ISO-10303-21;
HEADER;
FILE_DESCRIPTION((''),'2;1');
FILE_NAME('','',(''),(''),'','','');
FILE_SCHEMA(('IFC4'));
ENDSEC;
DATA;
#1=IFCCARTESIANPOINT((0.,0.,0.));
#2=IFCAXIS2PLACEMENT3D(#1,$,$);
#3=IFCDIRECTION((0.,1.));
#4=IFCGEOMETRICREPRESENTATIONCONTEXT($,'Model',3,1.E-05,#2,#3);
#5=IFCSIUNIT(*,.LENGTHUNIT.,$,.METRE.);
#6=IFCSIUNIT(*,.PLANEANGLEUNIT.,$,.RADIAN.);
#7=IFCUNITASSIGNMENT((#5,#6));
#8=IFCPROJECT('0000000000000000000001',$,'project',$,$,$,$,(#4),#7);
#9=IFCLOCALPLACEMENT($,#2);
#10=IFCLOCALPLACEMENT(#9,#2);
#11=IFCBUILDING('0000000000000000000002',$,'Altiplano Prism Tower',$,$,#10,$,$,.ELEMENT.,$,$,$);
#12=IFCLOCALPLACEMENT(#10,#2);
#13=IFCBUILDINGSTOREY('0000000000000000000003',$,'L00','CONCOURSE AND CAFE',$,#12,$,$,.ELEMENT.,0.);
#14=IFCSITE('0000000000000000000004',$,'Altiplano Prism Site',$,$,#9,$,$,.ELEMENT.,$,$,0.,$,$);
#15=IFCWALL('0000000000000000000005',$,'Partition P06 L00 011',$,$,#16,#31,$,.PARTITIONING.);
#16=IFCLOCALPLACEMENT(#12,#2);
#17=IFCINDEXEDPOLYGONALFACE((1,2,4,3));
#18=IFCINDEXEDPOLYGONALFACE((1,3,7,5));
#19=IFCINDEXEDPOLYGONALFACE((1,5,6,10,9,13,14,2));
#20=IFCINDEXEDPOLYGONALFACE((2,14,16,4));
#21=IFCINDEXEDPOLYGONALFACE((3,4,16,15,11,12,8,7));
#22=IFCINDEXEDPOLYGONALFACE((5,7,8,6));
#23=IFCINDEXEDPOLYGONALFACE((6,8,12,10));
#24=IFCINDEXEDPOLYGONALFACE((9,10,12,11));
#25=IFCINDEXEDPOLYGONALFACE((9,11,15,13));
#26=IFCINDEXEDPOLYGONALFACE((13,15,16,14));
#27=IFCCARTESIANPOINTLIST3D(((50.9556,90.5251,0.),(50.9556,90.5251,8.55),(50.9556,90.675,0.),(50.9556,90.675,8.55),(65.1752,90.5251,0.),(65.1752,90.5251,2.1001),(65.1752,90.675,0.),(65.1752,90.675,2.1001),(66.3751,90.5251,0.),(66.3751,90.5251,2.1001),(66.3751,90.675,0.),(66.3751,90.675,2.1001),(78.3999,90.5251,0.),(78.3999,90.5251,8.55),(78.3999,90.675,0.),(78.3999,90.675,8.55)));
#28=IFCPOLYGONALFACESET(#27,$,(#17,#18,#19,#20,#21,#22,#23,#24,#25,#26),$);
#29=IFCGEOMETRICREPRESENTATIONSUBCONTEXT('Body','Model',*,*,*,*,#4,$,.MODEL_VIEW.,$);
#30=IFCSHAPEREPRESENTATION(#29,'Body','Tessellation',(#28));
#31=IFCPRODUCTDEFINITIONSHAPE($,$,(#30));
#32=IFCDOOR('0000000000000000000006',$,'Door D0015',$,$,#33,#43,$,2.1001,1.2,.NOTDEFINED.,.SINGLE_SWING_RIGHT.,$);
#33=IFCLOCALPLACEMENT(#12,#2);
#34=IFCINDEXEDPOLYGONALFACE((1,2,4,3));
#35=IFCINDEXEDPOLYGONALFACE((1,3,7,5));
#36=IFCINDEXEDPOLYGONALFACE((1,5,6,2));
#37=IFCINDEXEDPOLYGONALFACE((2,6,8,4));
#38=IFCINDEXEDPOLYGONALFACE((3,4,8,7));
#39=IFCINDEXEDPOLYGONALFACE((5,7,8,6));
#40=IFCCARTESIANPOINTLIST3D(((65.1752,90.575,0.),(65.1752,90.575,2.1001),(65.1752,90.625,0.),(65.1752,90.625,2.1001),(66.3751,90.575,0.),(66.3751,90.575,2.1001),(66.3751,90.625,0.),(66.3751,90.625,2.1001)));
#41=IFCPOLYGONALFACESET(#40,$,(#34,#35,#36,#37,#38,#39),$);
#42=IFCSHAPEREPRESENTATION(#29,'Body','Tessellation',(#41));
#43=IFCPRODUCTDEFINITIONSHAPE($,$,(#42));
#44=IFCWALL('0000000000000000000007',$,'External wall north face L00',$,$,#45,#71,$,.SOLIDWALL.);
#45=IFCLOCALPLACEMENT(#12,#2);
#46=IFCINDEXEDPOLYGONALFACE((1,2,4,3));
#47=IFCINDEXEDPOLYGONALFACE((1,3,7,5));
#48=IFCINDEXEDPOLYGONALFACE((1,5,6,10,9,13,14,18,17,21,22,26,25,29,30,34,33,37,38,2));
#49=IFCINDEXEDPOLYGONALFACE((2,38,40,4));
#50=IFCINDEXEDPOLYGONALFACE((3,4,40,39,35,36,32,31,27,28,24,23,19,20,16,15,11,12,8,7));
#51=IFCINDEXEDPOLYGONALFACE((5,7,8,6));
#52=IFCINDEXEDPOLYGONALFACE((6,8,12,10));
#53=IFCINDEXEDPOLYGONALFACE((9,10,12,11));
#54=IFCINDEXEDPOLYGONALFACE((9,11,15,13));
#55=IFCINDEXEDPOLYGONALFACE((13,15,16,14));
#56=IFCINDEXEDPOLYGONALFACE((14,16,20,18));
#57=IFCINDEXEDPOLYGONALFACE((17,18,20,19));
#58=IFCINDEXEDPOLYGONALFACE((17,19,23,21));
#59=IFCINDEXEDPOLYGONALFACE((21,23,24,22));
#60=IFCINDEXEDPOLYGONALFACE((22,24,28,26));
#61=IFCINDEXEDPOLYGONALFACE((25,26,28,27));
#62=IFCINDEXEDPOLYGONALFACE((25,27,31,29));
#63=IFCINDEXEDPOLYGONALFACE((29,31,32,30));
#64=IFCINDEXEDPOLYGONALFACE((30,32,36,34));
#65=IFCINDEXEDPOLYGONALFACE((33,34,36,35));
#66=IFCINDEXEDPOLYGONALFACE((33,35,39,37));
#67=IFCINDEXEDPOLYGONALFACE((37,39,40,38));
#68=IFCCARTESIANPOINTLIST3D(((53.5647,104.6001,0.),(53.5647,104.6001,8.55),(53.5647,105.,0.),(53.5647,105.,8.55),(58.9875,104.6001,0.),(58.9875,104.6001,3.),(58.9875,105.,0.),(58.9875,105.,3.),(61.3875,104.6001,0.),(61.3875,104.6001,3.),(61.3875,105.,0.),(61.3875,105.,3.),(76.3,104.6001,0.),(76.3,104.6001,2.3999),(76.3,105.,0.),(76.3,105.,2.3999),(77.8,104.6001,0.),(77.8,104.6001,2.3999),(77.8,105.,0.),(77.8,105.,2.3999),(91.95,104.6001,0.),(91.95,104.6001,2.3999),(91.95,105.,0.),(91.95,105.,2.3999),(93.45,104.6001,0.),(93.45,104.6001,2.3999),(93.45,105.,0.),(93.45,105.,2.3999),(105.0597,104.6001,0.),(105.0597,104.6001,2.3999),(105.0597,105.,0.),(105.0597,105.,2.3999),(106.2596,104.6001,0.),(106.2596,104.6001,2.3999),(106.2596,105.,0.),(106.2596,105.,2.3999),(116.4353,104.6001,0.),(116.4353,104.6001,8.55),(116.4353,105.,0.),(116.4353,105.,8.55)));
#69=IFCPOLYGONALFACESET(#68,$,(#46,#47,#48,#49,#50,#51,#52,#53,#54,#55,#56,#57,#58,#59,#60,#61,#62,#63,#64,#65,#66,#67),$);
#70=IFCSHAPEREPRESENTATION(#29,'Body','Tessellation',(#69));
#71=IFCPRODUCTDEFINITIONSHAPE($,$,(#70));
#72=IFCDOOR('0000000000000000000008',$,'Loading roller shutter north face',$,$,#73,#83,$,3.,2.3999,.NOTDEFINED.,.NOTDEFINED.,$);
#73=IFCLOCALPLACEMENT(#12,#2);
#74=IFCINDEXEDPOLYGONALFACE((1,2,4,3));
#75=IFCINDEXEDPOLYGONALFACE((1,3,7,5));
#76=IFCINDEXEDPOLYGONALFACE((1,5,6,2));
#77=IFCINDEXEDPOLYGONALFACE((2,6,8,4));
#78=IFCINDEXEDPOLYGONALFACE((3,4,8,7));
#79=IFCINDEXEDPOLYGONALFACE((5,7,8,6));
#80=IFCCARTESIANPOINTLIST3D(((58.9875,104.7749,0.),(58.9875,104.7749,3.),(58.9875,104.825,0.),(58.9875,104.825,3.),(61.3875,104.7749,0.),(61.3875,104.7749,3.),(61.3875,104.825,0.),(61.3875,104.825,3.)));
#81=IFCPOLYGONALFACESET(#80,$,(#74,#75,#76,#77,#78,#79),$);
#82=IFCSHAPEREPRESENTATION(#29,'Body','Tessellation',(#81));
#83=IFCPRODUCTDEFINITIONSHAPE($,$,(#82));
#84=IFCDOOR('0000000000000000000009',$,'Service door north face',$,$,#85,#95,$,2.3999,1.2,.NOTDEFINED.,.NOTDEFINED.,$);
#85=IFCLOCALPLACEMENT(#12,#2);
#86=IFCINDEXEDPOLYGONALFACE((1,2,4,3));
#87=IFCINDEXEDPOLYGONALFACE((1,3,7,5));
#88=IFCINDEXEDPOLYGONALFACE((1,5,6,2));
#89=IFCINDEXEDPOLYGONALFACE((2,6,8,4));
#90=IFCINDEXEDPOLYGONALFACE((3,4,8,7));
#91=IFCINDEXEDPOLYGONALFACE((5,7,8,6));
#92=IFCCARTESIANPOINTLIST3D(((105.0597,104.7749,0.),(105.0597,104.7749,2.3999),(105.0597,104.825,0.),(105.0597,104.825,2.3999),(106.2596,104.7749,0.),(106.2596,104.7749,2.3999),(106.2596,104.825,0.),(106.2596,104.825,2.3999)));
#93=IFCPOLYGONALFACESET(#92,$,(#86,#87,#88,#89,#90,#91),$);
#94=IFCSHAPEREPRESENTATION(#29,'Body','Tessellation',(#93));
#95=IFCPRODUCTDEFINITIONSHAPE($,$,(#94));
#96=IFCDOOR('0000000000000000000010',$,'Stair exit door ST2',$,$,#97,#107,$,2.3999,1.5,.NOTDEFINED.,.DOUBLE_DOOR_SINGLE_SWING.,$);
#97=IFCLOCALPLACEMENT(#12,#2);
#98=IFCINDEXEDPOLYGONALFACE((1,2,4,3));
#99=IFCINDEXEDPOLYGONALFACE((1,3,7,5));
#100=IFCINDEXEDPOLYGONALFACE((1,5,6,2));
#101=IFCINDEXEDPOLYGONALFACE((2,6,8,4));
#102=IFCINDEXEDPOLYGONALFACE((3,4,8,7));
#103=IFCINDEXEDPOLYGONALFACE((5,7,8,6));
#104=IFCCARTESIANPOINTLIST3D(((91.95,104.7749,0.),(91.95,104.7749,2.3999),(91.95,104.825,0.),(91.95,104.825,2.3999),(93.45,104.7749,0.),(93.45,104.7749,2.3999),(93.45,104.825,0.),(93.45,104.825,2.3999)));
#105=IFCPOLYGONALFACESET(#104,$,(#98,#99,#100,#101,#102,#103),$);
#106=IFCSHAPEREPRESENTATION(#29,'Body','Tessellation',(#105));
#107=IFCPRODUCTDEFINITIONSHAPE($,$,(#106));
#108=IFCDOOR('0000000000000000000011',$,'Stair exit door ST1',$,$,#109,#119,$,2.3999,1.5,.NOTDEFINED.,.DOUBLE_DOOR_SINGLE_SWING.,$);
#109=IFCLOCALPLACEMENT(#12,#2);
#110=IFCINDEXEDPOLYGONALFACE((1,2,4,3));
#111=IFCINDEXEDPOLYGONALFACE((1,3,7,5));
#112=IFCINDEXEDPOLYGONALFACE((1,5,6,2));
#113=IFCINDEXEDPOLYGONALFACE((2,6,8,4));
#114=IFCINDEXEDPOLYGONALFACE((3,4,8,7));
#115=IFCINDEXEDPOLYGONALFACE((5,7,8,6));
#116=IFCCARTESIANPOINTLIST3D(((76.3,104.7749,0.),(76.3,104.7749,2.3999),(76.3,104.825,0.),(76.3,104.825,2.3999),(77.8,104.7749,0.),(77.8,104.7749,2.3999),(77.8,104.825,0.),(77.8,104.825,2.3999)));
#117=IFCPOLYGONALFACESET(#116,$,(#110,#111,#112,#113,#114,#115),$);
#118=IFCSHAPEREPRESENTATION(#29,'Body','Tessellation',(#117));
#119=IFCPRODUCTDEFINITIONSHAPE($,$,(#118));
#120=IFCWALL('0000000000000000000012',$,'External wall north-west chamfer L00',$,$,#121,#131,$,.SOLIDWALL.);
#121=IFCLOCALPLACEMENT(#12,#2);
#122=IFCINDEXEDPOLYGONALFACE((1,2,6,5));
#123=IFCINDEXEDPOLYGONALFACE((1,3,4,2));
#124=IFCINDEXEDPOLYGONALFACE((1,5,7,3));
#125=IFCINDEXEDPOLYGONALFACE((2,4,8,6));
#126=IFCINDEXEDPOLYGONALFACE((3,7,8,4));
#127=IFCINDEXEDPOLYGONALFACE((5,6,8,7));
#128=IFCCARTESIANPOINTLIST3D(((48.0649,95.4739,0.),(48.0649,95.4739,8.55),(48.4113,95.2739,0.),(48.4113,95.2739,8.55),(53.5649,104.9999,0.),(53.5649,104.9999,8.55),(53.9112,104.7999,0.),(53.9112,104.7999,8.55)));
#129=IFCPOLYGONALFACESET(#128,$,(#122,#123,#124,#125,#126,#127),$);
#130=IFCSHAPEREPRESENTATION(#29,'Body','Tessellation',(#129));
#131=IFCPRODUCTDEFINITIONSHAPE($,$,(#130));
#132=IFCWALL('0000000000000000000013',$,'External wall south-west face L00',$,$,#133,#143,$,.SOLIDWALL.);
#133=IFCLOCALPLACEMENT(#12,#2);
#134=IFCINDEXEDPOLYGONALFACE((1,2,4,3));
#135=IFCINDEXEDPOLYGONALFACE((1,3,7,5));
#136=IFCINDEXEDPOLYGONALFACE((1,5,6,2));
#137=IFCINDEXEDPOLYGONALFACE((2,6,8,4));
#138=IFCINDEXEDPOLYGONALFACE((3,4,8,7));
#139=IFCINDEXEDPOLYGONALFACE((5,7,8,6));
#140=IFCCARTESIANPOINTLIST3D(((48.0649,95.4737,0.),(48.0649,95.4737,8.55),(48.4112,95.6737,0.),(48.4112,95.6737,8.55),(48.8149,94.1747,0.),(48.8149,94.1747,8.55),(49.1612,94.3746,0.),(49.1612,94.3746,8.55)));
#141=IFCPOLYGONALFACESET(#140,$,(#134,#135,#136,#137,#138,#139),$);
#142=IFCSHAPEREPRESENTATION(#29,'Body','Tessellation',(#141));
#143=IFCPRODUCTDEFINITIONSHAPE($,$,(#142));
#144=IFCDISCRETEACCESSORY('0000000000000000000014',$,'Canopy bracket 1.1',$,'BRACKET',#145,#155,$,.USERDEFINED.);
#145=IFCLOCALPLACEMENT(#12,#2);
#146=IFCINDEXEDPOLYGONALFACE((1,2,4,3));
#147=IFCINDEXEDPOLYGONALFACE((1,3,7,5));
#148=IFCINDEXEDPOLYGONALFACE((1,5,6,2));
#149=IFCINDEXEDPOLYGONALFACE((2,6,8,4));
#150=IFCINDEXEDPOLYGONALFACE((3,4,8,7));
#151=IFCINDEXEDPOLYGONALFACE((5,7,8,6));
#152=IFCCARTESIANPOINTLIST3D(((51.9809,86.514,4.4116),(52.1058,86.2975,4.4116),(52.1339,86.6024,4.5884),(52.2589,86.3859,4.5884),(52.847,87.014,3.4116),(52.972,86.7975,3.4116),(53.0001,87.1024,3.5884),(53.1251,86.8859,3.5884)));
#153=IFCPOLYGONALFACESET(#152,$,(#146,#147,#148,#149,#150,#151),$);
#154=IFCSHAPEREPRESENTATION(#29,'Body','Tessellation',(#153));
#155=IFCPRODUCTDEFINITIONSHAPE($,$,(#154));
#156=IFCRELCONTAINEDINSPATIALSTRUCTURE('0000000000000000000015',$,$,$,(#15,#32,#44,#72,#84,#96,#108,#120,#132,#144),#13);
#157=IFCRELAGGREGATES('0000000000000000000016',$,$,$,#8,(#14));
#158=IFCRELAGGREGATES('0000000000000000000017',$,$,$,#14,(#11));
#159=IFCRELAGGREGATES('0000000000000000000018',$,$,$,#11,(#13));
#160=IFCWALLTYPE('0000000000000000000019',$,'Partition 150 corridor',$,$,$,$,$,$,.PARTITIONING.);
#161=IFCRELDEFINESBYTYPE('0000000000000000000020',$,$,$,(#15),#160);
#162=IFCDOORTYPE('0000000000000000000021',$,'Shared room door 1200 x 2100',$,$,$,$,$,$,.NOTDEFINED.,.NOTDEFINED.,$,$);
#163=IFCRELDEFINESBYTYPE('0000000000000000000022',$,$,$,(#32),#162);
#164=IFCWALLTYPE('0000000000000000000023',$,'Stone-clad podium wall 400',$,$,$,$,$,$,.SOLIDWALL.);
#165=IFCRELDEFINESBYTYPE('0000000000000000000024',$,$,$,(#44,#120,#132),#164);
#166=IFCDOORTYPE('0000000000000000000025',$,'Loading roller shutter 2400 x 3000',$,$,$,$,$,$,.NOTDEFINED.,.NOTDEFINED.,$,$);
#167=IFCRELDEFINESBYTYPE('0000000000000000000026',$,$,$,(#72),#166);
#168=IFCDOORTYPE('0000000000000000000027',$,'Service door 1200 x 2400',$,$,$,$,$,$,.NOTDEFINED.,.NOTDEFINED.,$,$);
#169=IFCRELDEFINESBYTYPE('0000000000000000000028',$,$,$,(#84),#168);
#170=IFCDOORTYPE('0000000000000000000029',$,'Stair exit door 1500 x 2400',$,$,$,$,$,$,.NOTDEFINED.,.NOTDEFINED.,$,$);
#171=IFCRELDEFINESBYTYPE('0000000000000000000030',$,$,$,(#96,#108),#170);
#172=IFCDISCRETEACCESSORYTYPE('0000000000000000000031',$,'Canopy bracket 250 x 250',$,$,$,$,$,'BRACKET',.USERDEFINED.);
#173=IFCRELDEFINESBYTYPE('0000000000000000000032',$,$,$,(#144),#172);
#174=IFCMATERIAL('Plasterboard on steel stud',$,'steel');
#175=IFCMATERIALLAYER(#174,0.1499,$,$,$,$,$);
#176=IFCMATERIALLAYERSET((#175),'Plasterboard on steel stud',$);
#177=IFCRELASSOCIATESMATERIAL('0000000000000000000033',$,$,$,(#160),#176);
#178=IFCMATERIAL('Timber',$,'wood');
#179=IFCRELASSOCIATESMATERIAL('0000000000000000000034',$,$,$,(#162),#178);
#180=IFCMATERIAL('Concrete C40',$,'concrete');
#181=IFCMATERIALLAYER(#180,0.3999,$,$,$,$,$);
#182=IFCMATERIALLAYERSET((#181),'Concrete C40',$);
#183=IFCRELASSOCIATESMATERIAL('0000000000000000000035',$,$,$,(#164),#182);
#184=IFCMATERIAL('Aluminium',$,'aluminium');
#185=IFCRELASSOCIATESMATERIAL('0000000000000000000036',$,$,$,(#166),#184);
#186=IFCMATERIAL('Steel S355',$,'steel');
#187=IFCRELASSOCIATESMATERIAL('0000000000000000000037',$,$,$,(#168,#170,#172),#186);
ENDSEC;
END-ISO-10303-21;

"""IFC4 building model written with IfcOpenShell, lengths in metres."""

from ifc_helpers import new_model, si_unit, direction, frame, frame_2d, origin, origin_2d, place, context, subcontext, project, spatial, rectangle, extrude, material, layer, layer_set, material_profile, profile_set, type_object, element, fill, save


model = new_model("IFC4")

# Units and contexts
model_context = context("Model", 3, precision=1e-05, world=origin(), true_north=direction((0.0, 1.0)))
body_context = subcontext(model_context, "Body", "Model", "MODEL_VIEW")
ifc_project = project(units=[si_unit("LENGTHUNIT", "METRE"), si_unit("PLANEANGLEUNIT", "RADIAN")], contexts=[model_context])

# Site, building, storey
site_placement = place(None, origin())
site = spatial("IfcSite", under=ifc_project, at=site_placement, Name="Altiplano Prism Site", CompositionType="ELEMENT", RefElevation=0.0)
building_placement = place(site_placement, origin())
building = spatial("IfcBuilding", under=site, at=building_placement, Name="Altiplano Prism Tower", CompositionType="ELEMENT")
storey_placement = place(building_placement, origin())
storey = spatial("IfcBuildingStorey", under=building, at=storey_placement, Name="L00", Description="CONCOURSE AND CAFE", CompositionType="ELEMENT", Elevation=0.0)

# Shared definitions
ifc_material_1 = material(Name="Aluminium", Category="aluminium")

# Shared definitions
ifc_material_2 = material(Name="Plasterboard on steel stud", Category="steel")

# Wall, opening, door
ifc_layer_1 = layer(ifc_material_2, 0.1499)
ifc_layer_set_1 = layer_set([ifc_layer_1], Name="Plasterboard on steel stud")
wall_type_1 = type_object("IfcWallType", Name="Partition 150 corridor", PredefinedType="PARTITIONING", material=ifc_layer_set_1)
wall_1_placement = place(storey_placement, frame((50.9556, 90.6001, 0.0), z_axis=(0.0, 0.0, 1.0), x_axis=(1.0, 0.0, 0.0)))
wall_1 = element("IfcWall", 1, at=wall_1_placement, inside=storey, type_object=wall_type_1, Name="Partition P06 L00 011", PredefinedType="PARTITIONING", context=body_context, shape_type="SweptSolid", body=[
    extrude(rectangle(XDim=27.4443, YDim=0.1499, at=frame_2d((13.7222, 0.0))), origin(), (0.0, 0.0, 1.0), 8.55),
])
opening_1_placement = place(wall_1_placement, frame((14.2195, 0.0, 0.0)))
opening_1 = element("IfcOpeningElement", 2, at=opening_1_placement, cuts=wall_1, PredefinedType="OPENING", context=body_context, shape_type="SweptSolid", body=[
    extrude(rectangle(XDim=1.2, YDim=2.1001, at=frame_2d((0.6001, 1.05))), frame((0.0, 0.0854, 0.0), z_axis=(0.0, -1.0, 0.0), x_axis=(1.0, 0.0, 0.0)), (0.0, 0.0, 1.0), 0.1709),
])
ifc_material_3 = material(Name="Timber", Category="wood")
door_type_1 = type_object("IfcDoorType", Name="Shared room door 1200 x 2100", OperationType="NOTDEFINED", PredefinedType="NOTDEFINED", material=ifc_material_3)
door_1_placement = place(opening_1_placement, origin())
door_1 = element("IfcDoor", 3, at=door_1_placement, inside=storey, type_object=door_type_1, Name="Door D0015", OperationType="SINGLE_SWING_RIGHT", OverallHeight=2.1001, OverallWidth=1.2, PredefinedType="NOTDEFINED", context=body_context, shape_type="SweptSolid", body=[
    extrude(rectangle(XDim=1.2, YDim=2.1001, at=frame_2d((0.6001, 1.05))), frame((0.0, 0.0249, 0.0), z_axis=(0.0, -1.0, 0.0), x_axis=(1.0, 0.0, 0.0)), (0.0, 0.0, 1.0), 0.05),
])
fill(opening_1, door_1)

# Wall, openings, doors
ifc_material_4 = material(Name="Concrete C40", Category="concrete")
ifc_layer_2 = layer(ifc_material_4, 0.3999)
ifc_layer_set_2 = layer_set([ifc_layer_2], Name="Concrete C40")
wall_type_2 = type_object("IfcWallType", Name="Stone-clad podium wall 400", PredefinedType="SOLIDWALL", material=ifc_layer_set_2)
wall_2_placement = place(storey_placement, frame((53.5647, 104.8, 0.0), z_axis=(0.0, 0.0, 1.0), x_axis=(1.0, 0.0, 0.0)))
wall_2 = element("IfcWall", 4, at=wall_2_placement, inside=storey, type_object=wall_type_2, Name="External wall north face L00", PredefinedType="SOLIDWALL", context=body_context, shape_type="SweptSolid", body=[
    extrude(rectangle(XDim=62.8706, YDim=0.3999, at=frame_2d((31.4353, 0.0))), origin(), (0.0, 0.0, 1.0), 8.55),
])
opening_2_placement = place(wall_2_placement, frame((51.4949, 0.0, 0.0)))
opening_2 = element("IfcOpeningElement", 5, at=opening_2_placement, cuts=wall_2, PredefinedType="OPENING", context=body_context, shape_type="SweptSolid", body=[
    extrude(rectangle(XDim=1.2, YDim=2.3999, at=frame_2d((0.6001, 1.2))), frame((0.0, 0.2104, 0.0), z_axis=(0.0, -1.0, 0.0), x_axis=(1.0, 0.0, 0.0)), (0.0, 0.0, 1.0), 0.4209),
])
opening_3_placement = place(wall_2_placement, frame((38.3853, 0.0, 0.0)))
opening_3 = element("IfcOpeningElement", 6, at=opening_3_placement, cuts=wall_2, PredefinedType="OPENING", context=body_context, shape_type="SweptSolid", body=[
    extrude(rectangle(XDim=1.5, YDim=2.3999, at=frame_2d((0.75, 1.2))), frame((0.0, 0.2104, 0.0), z_axis=(0.0, -1.0, 0.0), x_axis=(1.0, 0.0, 0.0)), (0.0, 0.0, 1.0), 0.4209),
])
opening_4_placement = place(wall_2_placement, frame((22.7354, 0.0, 0.0)))
opening_4 = element("IfcOpeningElement", 7, at=opening_4_placement, cuts=wall_2, PredefinedType="OPENING", context=body_context, shape_type="SweptSolid", body=[
    extrude(rectangle(XDim=1.5, YDim=2.3999, at=frame_2d((0.75, 1.2))), frame((0.0, 0.2104, 0.0), z_axis=(0.0, -1.0, 0.0), x_axis=(1.0, 0.0, 0.0)), (0.0, 0.0, 1.0), 0.4209),
])
opening_5_placement = place(wall_2_placement, frame((5.4229, 0.0, 0.0)))
opening_5 = element("IfcOpeningElement", 8, at=opening_5_placement, cuts=wall_2, PredefinedType="OPENING", context=body_context, shape_type="SweptSolid", body=[
    extrude(rectangle(XDim=2.3999, YDim=3.0, at=frame_2d((1.2, 1.5))), frame((0.0, 0.2104, 0.0), z_axis=(0.0, -1.0, 0.0), x_axis=(1.0, 0.0, 0.0)), (0.0, 0.0, 1.0), 0.4209),
])
door_type_2 = type_object("IfcDoorType", Name="Loading roller shutter 2400 x 3000", OperationType="NOTDEFINED", PredefinedType="NOTDEFINED", material=ifc_material_1)
door_2_placement = place(opening_5_placement, origin())
door_2 = element("IfcDoor", 9, at=door_2_placement, inside=storey, type_object=door_type_2, Name="Loading roller shutter north face", OperationType="NOTDEFINED", OverallHeight=3.0, OverallWidth=2.3999, PredefinedType="NOTDEFINED", context=body_context, shape_type="SweptSolid", body=[
    extrude(rectangle(XDim=2.3999, YDim=3.0, at=frame_2d((1.2, 1.5))), frame((0.0, 0.0249, 0.0), z_axis=(0.0, -1.0, 0.0), x_axis=(1.0, 0.0, 0.0)), (0.0, 0.0, 1.0), 0.05),
])
fill(opening_5, door_2)
ifc_material_5 = material(Name="Steel S355", Category="steel")
door_type_3 = type_object("IfcDoorType", Name="Service door 1200 x 2400", OperationType="NOTDEFINED", PredefinedType="NOTDEFINED", material=ifc_material_5)
door_3_placement = place(opening_2_placement, origin())
door_3 = element("IfcDoor", 10, at=door_3_placement, inside=storey, type_object=door_type_3, Name="Service door north face", OperationType="NOTDEFINED", OverallHeight=2.3999, OverallWidth=1.2, PredefinedType="NOTDEFINED", context=body_context, shape_type="SweptSolid", body=[
    extrude(rectangle(XDim=1.2, YDim=2.3999, at=frame_2d((0.6001, 1.2))), frame((0.0, 0.0249, 0.0), z_axis=(0.0, -1.0, 0.0), x_axis=(1.0, 0.0, 0.0)), (0.0, 0.0, 1.0), 0.05),
])
fill(opening_2, door_3)
door_type_4 = type_object("IfcDoorType", Name="Stair exit door 1500 x 2400", OperationType="NOTDEFINED", PredefinedType="NOTDEFINED", material=ifc_material_5)
door_4_placement = place(opening_3_placement, origin())
door_4 = element("IfcDoor", 11, at=door_4_placement, inside=storey, type_object=door_type_4, Name="Stair exit door ST2", OperationType="DOUBLE_DOOR_SINGLE_SWING", OverallHeight=2.3999, OverallWidth=1.5, PredefinedType="NOTDEFINED", context=body_context, shape_type="SweptSolid", body=[
    extrude(rectangle(XDim=1.5, YDim=2.3999, at=frame_2d((0.75, 1.2))), frame((0.0, 0.0249, 0.0), z_axis=(0.0, -1.0, 0.0), x_axis=(1.0, 0.0, 0.0)), (0.0, 0.0, 1.0), 0.05),
])
fill(opening_3, door_4)
door_5_placement = place(opening_4_placement, origin())
door_5 = element("IfcDoor", 12, at=door_5_placement, inside=storey, type_object=door_type_4, Name="Stair exit door ST1", OperationType="DOUBLE_DOOR_SINGLE_SWING", OverallHeight=2.3999, OverallWidth=1.5, PredefinedType="NOTDEFINED", context=body_context, shape_type="SweptSolid", body=[
    extrude(rectangle(XDim=1.5, YDim=2.3999, at=frame_2d((0.75, 1.2))), frame((0.0, 0.0249, 0.0), z_axis=(0.0, -1.0, 0.0), x_axis=(1.0, 0.0, 0.0)), (0.0, 0.0, 1.0), 0.05),
])
fill(opening_4, door_5)

# Walls
wall_3_placement = place(storey_placement, frame((48.238, 95.3738, 0.0), z_axis=(0.0, 0.0, 1.0), x_axis=(0.500006, 0.866022, 0.0)))
element("IfcWall", 13, at=wall_3_placement, inside=storey, type_object=wall_type_2, Name="External wall north-west chamfer L00", PredefinedType="SOLIDWALL", context=body_context, shape_type="SweptSolid", body=[
    extrude(rectangle(XDim=10.9998, YDim=0.3999, at=frame_2d((5.5, 0.0))), origin(), (0.0, 0.0, 1.0), 8.55),
])
wall_4_placement = place(storey_placement, frame((48.988, 94.2747, 0.0), z_axis=(0.0, 0.0, 1.0), x_axis=(-0.49999, 0.866031, 0.0)))
element("IfcWall", 14, at=wall_4_placement, inside=storey, type_object=wall_type_2, Name="External wall south-west face L00", PredefinedType="SOLIDWALL", context=body_context, shape_type="SweptSolid", body=[
    extrude(rectangle(XDim=1.5, YDim=0.3999, at=frame_2d((0.75, 0.0))), origin(), (0.0, 0.0, 1.0), 8.55),
])

# Discrete accessory
ifc_material_profile_1 = material_profile(ifc_material_5, rectangle(XDim=0.25, YDim=0.25, at=origin_2d()), Name="Canopy bracket 250 x 250")
ifc_profile_set_1 = profile_set([ifc_material_profile_1], Name="Steel S355")
discrete_accessory_type = type_object("IfcDiscreteAccessoryType", Name="Canopy bracket 250 x 250", ElementType="BRACKET", PredefinedType="USERDEFINED", material=ifc_profile_set_1)
discrete_accessory_placement = place(storey_placement, frame((52.9861, 86.95, 3.5), z_axis=(-0.612454, -0.353525, 0.70705), x_axis=(0.49992, -0.866072, 0.0)))
element("IfcDiscreteAccessory", 15, at=discrete_accessory_placement, inside=storey, type_object=discrete_accessory_type, Name="Canopy bracket 1.1", ObjectType="BRACKET", PredefinedType="USERDEFINED", context=body_context, shape_type="SweptSolid", body=[
    extrude(rectangle(XDim=0.25, YDim=0.25, at=origin_2d()), origin(), (0.0, 0.0, 1.0), 1.4143),
])

save(model, "model.ifc")
